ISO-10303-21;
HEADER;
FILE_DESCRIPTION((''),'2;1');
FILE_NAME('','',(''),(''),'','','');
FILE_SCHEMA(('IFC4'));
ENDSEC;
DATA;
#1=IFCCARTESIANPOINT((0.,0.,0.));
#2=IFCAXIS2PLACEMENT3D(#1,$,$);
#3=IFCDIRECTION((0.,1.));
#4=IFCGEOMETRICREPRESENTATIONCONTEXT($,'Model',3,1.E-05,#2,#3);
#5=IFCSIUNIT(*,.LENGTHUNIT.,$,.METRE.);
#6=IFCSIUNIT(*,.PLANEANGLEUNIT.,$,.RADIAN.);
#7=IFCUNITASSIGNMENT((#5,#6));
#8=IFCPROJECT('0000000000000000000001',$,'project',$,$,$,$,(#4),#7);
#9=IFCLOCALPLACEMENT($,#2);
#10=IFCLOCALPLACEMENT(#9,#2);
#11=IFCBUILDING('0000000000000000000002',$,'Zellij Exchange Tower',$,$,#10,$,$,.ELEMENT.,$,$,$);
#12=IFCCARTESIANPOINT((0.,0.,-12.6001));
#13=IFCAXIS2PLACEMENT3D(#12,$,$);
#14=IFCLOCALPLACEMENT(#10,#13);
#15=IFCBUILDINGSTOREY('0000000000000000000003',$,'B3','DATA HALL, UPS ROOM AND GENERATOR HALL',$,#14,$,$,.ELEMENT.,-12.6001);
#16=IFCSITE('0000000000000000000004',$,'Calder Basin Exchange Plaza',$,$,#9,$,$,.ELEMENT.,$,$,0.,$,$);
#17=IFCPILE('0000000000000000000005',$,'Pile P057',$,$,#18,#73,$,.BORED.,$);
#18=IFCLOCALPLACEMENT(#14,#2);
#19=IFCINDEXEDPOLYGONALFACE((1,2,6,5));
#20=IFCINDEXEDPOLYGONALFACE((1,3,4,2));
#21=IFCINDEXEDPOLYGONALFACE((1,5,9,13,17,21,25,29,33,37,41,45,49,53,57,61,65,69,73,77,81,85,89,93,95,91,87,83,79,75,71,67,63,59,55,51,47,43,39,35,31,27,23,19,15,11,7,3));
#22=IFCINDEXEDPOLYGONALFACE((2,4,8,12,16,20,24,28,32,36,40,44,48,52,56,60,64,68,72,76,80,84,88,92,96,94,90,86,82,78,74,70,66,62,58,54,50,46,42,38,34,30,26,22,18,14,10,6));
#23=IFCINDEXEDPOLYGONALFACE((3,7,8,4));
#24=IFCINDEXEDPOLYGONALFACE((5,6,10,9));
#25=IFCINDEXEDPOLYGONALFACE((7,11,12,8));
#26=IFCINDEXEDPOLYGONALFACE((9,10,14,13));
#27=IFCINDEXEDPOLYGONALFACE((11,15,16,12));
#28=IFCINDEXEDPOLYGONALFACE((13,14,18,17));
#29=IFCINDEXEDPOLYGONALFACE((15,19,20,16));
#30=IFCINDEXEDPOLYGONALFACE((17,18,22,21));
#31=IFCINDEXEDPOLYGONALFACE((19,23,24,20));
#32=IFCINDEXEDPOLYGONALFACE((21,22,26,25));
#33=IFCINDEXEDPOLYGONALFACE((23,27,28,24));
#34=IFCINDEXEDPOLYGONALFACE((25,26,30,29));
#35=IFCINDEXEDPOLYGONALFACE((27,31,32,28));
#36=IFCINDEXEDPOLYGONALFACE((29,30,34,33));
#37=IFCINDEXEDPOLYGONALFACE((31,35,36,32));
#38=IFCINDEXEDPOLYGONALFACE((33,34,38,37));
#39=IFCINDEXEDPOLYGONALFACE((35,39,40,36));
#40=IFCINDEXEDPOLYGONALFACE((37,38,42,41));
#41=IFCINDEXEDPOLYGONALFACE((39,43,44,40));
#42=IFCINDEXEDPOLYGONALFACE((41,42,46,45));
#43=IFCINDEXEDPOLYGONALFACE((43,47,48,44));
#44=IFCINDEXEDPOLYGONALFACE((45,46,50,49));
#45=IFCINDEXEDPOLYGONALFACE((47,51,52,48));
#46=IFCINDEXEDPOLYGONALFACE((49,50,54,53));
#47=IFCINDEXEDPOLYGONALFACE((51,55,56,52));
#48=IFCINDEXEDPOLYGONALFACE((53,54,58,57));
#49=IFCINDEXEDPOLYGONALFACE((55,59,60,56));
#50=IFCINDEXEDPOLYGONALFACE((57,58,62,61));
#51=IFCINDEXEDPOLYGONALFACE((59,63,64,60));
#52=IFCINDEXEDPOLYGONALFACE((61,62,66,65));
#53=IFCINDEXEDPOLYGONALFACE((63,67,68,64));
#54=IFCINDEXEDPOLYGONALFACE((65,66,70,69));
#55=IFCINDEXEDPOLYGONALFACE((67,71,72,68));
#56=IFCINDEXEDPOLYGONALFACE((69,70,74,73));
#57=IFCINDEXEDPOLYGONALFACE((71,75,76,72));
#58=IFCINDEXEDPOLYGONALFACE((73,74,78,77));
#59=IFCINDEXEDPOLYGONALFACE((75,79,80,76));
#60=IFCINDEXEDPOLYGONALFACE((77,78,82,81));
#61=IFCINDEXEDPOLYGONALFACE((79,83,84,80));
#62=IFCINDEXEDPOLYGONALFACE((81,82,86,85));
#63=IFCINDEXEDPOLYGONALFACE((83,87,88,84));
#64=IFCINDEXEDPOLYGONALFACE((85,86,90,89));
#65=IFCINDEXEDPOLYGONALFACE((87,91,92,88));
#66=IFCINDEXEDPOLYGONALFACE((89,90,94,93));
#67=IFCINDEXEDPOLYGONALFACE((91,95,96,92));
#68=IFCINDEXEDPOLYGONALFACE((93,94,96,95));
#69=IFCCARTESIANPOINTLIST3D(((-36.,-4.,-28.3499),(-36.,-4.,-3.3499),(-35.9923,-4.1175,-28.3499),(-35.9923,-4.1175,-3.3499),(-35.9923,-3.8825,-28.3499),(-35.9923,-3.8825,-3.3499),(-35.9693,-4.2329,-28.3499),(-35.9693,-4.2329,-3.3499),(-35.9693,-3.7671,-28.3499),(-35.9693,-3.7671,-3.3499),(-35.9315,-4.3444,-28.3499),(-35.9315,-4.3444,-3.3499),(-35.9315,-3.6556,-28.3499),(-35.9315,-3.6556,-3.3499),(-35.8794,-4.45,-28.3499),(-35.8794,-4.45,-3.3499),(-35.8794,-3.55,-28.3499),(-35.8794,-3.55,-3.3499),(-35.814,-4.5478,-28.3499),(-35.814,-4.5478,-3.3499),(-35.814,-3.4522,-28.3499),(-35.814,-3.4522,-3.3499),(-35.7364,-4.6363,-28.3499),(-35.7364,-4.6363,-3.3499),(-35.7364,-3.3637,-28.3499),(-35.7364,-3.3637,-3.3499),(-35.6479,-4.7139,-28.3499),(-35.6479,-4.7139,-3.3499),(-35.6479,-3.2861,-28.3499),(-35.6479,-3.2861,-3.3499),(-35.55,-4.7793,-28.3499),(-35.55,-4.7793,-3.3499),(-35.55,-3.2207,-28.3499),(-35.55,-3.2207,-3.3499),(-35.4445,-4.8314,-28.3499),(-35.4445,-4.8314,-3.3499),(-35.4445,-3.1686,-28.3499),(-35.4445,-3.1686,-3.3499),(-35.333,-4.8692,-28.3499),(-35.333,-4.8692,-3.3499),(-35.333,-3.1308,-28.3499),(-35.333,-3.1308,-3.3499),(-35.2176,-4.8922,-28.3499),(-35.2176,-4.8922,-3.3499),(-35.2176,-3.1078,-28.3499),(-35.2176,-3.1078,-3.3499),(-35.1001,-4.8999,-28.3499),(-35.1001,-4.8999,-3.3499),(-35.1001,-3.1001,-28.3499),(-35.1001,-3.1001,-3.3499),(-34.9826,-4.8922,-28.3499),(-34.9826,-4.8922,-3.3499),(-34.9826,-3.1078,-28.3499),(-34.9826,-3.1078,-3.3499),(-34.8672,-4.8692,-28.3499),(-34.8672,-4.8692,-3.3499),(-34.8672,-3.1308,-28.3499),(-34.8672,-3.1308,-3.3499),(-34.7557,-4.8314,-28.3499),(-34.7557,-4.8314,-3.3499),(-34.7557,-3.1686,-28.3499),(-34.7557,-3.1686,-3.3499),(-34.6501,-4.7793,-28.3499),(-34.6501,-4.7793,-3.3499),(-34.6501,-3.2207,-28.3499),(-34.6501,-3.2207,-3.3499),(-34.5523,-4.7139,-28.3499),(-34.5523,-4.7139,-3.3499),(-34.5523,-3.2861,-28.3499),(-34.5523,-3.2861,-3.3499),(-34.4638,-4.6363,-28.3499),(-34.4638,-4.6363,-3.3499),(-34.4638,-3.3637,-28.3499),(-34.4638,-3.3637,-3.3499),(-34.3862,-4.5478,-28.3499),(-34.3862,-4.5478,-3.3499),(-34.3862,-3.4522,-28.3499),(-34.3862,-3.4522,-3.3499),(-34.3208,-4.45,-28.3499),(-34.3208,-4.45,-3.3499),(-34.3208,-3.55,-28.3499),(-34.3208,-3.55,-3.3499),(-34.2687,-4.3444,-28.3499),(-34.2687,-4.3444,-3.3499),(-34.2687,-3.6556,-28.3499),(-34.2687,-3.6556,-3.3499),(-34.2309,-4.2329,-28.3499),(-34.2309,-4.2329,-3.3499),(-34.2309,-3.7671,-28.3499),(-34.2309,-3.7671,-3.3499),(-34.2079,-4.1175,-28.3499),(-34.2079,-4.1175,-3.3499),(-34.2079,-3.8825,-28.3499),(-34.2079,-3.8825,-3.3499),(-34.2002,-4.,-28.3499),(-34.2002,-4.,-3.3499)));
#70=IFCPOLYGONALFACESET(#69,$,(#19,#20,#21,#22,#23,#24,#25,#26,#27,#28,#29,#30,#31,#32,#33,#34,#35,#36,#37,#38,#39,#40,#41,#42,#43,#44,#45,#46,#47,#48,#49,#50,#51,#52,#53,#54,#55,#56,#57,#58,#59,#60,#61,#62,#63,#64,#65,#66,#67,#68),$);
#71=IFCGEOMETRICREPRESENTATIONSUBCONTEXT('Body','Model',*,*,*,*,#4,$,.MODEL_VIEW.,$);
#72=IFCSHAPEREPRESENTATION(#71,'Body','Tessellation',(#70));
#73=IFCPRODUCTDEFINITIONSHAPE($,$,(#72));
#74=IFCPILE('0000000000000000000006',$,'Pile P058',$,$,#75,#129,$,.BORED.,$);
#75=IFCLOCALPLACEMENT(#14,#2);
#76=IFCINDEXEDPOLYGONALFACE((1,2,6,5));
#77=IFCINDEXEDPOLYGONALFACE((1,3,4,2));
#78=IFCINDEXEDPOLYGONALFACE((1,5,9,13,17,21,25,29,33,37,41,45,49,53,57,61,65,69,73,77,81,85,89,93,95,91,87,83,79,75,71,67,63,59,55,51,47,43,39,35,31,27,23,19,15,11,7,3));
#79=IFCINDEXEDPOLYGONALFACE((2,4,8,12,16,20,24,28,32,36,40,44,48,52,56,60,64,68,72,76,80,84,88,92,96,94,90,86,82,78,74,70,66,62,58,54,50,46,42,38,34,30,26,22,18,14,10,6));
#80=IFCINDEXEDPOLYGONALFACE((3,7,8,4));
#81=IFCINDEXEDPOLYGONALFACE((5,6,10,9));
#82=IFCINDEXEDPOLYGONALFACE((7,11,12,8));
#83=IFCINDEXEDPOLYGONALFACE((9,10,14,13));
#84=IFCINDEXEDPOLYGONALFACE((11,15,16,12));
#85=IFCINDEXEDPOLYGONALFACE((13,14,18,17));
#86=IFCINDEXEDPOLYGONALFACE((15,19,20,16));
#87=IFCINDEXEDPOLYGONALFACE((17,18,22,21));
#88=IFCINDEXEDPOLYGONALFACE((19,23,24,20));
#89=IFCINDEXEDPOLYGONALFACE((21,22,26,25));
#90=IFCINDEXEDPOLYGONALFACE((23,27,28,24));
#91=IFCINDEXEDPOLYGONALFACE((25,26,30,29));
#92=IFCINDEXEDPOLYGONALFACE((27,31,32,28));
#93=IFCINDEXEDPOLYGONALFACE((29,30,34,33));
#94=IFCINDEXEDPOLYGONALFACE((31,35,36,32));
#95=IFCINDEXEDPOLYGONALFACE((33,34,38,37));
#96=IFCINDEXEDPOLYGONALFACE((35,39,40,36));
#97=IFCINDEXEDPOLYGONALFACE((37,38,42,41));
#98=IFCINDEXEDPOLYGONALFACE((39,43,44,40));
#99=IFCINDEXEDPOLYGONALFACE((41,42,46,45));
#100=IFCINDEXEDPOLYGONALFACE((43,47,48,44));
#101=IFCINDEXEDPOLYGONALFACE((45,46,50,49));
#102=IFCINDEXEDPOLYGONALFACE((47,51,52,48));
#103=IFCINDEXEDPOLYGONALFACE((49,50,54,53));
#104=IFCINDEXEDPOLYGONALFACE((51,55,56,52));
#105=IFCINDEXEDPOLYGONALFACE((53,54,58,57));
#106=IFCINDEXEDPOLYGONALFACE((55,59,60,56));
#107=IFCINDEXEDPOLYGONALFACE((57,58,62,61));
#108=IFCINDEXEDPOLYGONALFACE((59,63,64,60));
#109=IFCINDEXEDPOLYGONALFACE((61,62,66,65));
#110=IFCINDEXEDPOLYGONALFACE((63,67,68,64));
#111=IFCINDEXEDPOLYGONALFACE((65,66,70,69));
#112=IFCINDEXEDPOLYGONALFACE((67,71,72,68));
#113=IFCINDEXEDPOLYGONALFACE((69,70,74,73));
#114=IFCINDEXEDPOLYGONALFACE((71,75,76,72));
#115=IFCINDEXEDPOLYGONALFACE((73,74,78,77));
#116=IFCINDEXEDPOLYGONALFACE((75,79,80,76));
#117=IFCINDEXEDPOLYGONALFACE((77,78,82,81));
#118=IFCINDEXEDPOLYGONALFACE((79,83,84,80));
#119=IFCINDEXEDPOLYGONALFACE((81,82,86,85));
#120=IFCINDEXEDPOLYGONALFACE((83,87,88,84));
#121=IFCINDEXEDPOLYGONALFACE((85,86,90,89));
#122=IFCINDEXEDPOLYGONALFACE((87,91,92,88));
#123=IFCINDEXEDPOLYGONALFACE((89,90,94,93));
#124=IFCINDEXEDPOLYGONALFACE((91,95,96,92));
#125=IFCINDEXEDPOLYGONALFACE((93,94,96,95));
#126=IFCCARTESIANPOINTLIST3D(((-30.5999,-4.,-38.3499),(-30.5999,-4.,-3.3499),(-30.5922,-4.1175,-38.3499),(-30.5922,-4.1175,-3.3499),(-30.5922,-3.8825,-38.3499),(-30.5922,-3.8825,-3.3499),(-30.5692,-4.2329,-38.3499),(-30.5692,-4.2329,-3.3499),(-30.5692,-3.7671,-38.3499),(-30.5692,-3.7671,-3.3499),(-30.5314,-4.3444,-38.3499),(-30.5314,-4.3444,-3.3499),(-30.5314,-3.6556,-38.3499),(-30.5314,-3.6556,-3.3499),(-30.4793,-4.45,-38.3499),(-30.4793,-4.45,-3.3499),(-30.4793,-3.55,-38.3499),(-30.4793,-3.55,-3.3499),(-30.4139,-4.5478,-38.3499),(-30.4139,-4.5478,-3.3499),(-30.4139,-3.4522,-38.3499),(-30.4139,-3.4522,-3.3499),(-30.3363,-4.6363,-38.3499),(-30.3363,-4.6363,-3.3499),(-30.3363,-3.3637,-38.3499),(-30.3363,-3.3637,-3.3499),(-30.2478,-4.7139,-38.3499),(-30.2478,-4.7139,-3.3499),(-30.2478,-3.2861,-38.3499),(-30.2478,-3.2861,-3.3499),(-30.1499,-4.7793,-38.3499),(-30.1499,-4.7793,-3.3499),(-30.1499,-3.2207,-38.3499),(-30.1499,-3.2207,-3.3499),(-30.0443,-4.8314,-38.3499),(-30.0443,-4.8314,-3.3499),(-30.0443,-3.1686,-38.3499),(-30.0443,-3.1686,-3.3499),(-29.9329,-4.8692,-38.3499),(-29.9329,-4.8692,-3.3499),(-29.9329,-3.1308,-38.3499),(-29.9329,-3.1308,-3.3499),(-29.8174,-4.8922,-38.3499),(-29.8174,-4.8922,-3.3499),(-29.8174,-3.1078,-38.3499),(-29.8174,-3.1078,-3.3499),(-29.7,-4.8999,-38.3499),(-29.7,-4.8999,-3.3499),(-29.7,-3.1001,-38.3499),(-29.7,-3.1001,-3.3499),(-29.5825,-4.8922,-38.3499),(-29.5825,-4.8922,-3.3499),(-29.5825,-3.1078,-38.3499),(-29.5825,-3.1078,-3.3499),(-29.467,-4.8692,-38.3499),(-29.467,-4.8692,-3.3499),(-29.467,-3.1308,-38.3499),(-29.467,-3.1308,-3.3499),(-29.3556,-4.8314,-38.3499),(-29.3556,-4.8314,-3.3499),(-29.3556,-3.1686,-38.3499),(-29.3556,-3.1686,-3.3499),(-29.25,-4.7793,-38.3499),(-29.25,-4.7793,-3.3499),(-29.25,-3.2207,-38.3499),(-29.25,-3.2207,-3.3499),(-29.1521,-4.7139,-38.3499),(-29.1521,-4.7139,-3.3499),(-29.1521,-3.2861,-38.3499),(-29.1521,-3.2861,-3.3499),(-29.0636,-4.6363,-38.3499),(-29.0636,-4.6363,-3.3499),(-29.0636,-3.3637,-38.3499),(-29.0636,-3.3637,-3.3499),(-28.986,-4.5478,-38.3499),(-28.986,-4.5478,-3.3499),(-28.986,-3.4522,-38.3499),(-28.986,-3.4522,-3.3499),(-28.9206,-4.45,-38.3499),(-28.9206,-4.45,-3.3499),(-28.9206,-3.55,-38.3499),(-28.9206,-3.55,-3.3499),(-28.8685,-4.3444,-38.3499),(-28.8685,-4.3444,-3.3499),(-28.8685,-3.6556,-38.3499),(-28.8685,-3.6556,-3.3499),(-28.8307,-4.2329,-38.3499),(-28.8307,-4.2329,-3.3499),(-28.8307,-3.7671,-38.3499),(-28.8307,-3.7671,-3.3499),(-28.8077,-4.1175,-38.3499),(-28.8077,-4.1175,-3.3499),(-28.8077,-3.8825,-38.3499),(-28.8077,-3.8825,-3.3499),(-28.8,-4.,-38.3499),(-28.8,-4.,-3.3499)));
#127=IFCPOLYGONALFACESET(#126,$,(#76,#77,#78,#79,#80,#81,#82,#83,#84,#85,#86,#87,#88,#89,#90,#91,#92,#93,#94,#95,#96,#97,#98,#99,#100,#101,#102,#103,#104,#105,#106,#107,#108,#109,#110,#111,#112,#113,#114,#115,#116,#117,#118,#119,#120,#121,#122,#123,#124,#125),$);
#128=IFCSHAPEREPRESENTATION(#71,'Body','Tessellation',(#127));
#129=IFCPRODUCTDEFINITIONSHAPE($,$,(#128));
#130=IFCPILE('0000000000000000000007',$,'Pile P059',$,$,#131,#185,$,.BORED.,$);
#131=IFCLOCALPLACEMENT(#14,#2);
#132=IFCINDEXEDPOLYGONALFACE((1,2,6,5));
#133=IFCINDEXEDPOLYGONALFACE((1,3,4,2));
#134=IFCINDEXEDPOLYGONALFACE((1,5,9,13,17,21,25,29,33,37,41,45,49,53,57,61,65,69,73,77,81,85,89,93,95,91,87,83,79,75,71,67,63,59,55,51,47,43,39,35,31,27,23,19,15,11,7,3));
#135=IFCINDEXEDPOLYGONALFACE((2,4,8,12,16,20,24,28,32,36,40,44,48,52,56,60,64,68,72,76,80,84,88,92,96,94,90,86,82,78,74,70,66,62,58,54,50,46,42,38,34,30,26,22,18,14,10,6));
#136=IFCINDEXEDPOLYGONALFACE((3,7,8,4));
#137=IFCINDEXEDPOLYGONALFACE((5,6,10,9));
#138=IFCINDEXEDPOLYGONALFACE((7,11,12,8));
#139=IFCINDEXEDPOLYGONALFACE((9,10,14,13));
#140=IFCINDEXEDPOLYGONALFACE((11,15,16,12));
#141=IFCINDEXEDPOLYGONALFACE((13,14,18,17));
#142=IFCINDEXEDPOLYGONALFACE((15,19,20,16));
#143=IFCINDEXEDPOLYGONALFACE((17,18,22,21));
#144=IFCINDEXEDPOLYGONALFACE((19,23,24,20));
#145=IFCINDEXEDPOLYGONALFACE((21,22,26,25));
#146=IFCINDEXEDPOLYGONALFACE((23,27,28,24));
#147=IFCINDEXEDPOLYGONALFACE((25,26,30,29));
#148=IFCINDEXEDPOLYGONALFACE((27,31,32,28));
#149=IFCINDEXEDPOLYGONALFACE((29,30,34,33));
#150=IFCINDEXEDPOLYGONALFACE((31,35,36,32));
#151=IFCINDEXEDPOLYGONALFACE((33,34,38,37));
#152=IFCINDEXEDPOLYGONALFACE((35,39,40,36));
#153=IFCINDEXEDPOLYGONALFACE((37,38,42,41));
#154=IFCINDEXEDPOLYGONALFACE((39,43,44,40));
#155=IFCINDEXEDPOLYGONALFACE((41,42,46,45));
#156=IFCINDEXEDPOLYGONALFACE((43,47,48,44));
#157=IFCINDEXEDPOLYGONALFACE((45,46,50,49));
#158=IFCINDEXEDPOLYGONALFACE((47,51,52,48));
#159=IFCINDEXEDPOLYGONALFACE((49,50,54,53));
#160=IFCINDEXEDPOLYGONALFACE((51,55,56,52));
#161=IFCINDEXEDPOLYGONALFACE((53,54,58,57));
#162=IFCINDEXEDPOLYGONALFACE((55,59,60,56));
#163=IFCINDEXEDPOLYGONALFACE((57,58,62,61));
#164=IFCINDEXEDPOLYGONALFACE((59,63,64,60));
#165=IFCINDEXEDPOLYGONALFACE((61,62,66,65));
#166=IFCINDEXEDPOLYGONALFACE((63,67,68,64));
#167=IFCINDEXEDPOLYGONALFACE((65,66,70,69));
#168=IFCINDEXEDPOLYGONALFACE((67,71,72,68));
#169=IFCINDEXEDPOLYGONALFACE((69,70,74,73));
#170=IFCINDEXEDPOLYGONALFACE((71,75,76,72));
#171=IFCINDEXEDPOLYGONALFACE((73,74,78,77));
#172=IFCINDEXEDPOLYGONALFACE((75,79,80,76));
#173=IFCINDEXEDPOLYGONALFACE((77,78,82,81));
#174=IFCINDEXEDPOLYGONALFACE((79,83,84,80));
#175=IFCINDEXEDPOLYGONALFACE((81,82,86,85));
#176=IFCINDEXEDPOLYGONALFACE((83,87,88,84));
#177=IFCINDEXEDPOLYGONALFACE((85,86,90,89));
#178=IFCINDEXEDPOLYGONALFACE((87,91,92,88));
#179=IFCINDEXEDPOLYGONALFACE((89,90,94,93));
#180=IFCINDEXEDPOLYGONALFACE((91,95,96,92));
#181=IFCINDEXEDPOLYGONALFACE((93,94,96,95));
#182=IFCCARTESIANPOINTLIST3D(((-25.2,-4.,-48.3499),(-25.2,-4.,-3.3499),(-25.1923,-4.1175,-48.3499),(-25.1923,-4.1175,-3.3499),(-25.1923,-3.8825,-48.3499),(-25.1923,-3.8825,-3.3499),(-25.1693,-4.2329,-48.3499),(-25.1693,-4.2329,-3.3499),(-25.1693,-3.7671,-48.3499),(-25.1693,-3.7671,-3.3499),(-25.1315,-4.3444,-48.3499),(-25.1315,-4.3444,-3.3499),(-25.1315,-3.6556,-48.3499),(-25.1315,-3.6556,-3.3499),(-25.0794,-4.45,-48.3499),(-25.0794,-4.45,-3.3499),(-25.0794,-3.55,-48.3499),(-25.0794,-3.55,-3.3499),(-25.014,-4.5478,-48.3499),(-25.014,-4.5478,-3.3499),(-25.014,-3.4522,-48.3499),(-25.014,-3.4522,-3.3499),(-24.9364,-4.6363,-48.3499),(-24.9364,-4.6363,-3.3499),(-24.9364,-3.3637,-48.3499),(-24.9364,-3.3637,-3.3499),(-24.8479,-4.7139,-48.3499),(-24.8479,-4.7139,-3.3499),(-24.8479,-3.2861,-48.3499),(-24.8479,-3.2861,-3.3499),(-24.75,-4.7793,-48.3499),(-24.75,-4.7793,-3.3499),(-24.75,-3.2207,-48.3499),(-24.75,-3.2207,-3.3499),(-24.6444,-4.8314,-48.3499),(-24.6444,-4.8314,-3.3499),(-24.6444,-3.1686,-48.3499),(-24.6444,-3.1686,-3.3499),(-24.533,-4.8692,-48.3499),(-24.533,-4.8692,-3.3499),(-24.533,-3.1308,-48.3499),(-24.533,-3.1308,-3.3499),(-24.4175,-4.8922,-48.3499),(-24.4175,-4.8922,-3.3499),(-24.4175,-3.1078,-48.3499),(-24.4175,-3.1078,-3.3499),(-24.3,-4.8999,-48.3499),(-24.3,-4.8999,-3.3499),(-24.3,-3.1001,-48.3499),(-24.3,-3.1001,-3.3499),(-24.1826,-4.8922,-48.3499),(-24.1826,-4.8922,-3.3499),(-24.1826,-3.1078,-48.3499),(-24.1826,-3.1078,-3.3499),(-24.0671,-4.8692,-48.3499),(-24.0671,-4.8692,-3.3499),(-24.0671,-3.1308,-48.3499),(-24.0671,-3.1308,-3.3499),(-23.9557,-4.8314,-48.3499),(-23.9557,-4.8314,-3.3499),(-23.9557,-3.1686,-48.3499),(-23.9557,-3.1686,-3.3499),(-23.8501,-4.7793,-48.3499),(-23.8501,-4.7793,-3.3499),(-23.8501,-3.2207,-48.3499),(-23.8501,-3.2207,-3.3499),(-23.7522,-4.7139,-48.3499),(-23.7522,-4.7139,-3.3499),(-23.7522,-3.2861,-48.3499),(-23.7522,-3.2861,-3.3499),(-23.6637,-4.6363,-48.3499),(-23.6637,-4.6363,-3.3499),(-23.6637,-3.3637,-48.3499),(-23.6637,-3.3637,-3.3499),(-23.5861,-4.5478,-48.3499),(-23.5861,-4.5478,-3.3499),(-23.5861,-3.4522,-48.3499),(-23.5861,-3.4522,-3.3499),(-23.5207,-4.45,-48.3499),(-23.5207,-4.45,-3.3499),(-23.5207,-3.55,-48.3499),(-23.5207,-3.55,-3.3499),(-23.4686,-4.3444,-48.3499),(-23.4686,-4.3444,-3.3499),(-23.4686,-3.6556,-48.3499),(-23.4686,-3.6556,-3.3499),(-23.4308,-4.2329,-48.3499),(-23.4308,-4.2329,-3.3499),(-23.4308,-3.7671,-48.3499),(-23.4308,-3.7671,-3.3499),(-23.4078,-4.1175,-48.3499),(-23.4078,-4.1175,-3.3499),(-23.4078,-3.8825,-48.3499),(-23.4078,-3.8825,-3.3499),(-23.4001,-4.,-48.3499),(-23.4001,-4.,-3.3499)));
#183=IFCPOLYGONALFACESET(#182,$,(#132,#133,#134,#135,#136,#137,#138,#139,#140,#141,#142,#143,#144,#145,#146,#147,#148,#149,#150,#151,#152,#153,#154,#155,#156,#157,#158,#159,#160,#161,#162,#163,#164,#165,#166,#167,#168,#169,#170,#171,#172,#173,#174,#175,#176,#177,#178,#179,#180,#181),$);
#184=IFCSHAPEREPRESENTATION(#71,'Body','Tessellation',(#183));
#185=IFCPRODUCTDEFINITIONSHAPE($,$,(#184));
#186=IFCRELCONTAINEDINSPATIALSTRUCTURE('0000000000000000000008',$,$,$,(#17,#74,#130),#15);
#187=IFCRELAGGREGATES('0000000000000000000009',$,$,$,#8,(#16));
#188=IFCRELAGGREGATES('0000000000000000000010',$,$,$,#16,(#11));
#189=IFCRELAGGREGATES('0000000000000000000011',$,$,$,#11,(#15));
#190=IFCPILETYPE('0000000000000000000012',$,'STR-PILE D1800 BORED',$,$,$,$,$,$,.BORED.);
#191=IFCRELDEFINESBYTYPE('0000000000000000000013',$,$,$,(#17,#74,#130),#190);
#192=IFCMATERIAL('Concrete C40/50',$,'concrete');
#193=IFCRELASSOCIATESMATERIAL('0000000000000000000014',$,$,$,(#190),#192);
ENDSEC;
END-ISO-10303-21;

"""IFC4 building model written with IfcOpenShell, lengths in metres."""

from ifc_helpers import new_model, si_unit, direction, frame, origin, origin_2d, place, context, subcontext, project, spatial, circle, extrude, material, material_profile, profile_set, type_object, element, save


model = new_model("IFC4")

# Units and contexts
model_context = context("Model", 3, precision=1e-05, world=origin(), true_north=direction((0.0, 1.0)))
body_context = subcontext(model_context, "Body", "Model", "MODEL_VIEW")
ifc_project = project(units=[si_unit("LENGTHUNIT", "METRE"), si_unit("PLANEANGLEUNIT", "RADIAN")], contexts=[model_context])

# Site, building, storey
site_placement = place(None, origin())
site = spatial("IfcSite", under=ifc_project, at=site_placement, Name="Calder Basin Exchange Plaza", CompositionType="ELEMENT", RefElevation=0.0)
building_placement = place(site_placement, origin())
building = spatial("IfcBuilding", under=site, at=building_placement, Name="Zellij Exchange Tower", CompositionType="ELEMENT")
storey_placement = place(building_placement, frame((0.0, 0.0, -12.6001)))
storey = spatial("IfcBuildingStorey", under=building, at=storey_placement, Name="B3", Description="DATA HALL, UPS ROOM AND GENERATOR HALL", CompositionType="ELEMENT", Elevation=-12.6001)

# Piles
ifc_material_1 = material(Name="Concrete C40/50", Category="concrete")
ifc_material_profile_1 = material_profile(ifc_material_1, circle(Radius=0.8999, at=origin_2d()), Name="STR-PILE D1800 BORED")
ifc_profile_set_1 = profile_set([ifc_material_profile_1], Name="Concrete C40/50")
pile_type = type_object("IfcPileType", Name="STR-PILE D1800 BORED", PredefinedType="BORED", material=ifc_profile_set_1)
pile_1_placement = place(storey_placement, frame((-35.1001, -4.0, -3.3499), z_axis=(0.0, 0.0, -1.0), x_axis=(1.0, 0.0, 0.0)))
element("IfcPile", 1, at=pile_1_placement, inside=storey, type_object=pile_type, Name="Pile P057", PredefinedType="BORED", context=body_context, shape_type="SweptSolid", body=[
    extrude(circle(Radius=0.8999, at=origin_2d()), origin(), (0.0, 0.0, 1.0), 25.0),
])
pile_2_placement = place(storey_placement, frame((-29.7, -4.0, -3.3499), z_axis=(0.0, 0.0, -1.0), x_axis=(1.0, 0.0, 0.0)))
element("IfcPile", 2, at=pile_2_placement, inside=storey, type_object=pile_type, Name="Pile P058", PredefinedType="BORED", context=body_context, shape_type="SweptSolid", body=[
    extrude(circle(Radius=0.8999, at=origin_2d()), origin(), (0.0, 0.0, 1.0), 35.0),
])
for number, where, z_axis, x_axis, name in (
    (3, (-24.3, -4.0, -3.3499), (0.0, 0.0, -1.0), (1.0, 0.0, 0.0), "Pile P059"),
):
    element("IfcPile", number, at=place(storey_placement, frame(where, z_axis=z_axis, x_axis=x_axis)), inside=storey, type_object=pile_type, Name=name, PredefinedType="BORED", context=body_context, shape_type="SweptSolid", body=[
        extrude(circle(Radius=0.8999, at=origin_2d()), origin(), (0.0, 0.0, 1.0), 45.0),
    ])

save(model, "model.ifc")
